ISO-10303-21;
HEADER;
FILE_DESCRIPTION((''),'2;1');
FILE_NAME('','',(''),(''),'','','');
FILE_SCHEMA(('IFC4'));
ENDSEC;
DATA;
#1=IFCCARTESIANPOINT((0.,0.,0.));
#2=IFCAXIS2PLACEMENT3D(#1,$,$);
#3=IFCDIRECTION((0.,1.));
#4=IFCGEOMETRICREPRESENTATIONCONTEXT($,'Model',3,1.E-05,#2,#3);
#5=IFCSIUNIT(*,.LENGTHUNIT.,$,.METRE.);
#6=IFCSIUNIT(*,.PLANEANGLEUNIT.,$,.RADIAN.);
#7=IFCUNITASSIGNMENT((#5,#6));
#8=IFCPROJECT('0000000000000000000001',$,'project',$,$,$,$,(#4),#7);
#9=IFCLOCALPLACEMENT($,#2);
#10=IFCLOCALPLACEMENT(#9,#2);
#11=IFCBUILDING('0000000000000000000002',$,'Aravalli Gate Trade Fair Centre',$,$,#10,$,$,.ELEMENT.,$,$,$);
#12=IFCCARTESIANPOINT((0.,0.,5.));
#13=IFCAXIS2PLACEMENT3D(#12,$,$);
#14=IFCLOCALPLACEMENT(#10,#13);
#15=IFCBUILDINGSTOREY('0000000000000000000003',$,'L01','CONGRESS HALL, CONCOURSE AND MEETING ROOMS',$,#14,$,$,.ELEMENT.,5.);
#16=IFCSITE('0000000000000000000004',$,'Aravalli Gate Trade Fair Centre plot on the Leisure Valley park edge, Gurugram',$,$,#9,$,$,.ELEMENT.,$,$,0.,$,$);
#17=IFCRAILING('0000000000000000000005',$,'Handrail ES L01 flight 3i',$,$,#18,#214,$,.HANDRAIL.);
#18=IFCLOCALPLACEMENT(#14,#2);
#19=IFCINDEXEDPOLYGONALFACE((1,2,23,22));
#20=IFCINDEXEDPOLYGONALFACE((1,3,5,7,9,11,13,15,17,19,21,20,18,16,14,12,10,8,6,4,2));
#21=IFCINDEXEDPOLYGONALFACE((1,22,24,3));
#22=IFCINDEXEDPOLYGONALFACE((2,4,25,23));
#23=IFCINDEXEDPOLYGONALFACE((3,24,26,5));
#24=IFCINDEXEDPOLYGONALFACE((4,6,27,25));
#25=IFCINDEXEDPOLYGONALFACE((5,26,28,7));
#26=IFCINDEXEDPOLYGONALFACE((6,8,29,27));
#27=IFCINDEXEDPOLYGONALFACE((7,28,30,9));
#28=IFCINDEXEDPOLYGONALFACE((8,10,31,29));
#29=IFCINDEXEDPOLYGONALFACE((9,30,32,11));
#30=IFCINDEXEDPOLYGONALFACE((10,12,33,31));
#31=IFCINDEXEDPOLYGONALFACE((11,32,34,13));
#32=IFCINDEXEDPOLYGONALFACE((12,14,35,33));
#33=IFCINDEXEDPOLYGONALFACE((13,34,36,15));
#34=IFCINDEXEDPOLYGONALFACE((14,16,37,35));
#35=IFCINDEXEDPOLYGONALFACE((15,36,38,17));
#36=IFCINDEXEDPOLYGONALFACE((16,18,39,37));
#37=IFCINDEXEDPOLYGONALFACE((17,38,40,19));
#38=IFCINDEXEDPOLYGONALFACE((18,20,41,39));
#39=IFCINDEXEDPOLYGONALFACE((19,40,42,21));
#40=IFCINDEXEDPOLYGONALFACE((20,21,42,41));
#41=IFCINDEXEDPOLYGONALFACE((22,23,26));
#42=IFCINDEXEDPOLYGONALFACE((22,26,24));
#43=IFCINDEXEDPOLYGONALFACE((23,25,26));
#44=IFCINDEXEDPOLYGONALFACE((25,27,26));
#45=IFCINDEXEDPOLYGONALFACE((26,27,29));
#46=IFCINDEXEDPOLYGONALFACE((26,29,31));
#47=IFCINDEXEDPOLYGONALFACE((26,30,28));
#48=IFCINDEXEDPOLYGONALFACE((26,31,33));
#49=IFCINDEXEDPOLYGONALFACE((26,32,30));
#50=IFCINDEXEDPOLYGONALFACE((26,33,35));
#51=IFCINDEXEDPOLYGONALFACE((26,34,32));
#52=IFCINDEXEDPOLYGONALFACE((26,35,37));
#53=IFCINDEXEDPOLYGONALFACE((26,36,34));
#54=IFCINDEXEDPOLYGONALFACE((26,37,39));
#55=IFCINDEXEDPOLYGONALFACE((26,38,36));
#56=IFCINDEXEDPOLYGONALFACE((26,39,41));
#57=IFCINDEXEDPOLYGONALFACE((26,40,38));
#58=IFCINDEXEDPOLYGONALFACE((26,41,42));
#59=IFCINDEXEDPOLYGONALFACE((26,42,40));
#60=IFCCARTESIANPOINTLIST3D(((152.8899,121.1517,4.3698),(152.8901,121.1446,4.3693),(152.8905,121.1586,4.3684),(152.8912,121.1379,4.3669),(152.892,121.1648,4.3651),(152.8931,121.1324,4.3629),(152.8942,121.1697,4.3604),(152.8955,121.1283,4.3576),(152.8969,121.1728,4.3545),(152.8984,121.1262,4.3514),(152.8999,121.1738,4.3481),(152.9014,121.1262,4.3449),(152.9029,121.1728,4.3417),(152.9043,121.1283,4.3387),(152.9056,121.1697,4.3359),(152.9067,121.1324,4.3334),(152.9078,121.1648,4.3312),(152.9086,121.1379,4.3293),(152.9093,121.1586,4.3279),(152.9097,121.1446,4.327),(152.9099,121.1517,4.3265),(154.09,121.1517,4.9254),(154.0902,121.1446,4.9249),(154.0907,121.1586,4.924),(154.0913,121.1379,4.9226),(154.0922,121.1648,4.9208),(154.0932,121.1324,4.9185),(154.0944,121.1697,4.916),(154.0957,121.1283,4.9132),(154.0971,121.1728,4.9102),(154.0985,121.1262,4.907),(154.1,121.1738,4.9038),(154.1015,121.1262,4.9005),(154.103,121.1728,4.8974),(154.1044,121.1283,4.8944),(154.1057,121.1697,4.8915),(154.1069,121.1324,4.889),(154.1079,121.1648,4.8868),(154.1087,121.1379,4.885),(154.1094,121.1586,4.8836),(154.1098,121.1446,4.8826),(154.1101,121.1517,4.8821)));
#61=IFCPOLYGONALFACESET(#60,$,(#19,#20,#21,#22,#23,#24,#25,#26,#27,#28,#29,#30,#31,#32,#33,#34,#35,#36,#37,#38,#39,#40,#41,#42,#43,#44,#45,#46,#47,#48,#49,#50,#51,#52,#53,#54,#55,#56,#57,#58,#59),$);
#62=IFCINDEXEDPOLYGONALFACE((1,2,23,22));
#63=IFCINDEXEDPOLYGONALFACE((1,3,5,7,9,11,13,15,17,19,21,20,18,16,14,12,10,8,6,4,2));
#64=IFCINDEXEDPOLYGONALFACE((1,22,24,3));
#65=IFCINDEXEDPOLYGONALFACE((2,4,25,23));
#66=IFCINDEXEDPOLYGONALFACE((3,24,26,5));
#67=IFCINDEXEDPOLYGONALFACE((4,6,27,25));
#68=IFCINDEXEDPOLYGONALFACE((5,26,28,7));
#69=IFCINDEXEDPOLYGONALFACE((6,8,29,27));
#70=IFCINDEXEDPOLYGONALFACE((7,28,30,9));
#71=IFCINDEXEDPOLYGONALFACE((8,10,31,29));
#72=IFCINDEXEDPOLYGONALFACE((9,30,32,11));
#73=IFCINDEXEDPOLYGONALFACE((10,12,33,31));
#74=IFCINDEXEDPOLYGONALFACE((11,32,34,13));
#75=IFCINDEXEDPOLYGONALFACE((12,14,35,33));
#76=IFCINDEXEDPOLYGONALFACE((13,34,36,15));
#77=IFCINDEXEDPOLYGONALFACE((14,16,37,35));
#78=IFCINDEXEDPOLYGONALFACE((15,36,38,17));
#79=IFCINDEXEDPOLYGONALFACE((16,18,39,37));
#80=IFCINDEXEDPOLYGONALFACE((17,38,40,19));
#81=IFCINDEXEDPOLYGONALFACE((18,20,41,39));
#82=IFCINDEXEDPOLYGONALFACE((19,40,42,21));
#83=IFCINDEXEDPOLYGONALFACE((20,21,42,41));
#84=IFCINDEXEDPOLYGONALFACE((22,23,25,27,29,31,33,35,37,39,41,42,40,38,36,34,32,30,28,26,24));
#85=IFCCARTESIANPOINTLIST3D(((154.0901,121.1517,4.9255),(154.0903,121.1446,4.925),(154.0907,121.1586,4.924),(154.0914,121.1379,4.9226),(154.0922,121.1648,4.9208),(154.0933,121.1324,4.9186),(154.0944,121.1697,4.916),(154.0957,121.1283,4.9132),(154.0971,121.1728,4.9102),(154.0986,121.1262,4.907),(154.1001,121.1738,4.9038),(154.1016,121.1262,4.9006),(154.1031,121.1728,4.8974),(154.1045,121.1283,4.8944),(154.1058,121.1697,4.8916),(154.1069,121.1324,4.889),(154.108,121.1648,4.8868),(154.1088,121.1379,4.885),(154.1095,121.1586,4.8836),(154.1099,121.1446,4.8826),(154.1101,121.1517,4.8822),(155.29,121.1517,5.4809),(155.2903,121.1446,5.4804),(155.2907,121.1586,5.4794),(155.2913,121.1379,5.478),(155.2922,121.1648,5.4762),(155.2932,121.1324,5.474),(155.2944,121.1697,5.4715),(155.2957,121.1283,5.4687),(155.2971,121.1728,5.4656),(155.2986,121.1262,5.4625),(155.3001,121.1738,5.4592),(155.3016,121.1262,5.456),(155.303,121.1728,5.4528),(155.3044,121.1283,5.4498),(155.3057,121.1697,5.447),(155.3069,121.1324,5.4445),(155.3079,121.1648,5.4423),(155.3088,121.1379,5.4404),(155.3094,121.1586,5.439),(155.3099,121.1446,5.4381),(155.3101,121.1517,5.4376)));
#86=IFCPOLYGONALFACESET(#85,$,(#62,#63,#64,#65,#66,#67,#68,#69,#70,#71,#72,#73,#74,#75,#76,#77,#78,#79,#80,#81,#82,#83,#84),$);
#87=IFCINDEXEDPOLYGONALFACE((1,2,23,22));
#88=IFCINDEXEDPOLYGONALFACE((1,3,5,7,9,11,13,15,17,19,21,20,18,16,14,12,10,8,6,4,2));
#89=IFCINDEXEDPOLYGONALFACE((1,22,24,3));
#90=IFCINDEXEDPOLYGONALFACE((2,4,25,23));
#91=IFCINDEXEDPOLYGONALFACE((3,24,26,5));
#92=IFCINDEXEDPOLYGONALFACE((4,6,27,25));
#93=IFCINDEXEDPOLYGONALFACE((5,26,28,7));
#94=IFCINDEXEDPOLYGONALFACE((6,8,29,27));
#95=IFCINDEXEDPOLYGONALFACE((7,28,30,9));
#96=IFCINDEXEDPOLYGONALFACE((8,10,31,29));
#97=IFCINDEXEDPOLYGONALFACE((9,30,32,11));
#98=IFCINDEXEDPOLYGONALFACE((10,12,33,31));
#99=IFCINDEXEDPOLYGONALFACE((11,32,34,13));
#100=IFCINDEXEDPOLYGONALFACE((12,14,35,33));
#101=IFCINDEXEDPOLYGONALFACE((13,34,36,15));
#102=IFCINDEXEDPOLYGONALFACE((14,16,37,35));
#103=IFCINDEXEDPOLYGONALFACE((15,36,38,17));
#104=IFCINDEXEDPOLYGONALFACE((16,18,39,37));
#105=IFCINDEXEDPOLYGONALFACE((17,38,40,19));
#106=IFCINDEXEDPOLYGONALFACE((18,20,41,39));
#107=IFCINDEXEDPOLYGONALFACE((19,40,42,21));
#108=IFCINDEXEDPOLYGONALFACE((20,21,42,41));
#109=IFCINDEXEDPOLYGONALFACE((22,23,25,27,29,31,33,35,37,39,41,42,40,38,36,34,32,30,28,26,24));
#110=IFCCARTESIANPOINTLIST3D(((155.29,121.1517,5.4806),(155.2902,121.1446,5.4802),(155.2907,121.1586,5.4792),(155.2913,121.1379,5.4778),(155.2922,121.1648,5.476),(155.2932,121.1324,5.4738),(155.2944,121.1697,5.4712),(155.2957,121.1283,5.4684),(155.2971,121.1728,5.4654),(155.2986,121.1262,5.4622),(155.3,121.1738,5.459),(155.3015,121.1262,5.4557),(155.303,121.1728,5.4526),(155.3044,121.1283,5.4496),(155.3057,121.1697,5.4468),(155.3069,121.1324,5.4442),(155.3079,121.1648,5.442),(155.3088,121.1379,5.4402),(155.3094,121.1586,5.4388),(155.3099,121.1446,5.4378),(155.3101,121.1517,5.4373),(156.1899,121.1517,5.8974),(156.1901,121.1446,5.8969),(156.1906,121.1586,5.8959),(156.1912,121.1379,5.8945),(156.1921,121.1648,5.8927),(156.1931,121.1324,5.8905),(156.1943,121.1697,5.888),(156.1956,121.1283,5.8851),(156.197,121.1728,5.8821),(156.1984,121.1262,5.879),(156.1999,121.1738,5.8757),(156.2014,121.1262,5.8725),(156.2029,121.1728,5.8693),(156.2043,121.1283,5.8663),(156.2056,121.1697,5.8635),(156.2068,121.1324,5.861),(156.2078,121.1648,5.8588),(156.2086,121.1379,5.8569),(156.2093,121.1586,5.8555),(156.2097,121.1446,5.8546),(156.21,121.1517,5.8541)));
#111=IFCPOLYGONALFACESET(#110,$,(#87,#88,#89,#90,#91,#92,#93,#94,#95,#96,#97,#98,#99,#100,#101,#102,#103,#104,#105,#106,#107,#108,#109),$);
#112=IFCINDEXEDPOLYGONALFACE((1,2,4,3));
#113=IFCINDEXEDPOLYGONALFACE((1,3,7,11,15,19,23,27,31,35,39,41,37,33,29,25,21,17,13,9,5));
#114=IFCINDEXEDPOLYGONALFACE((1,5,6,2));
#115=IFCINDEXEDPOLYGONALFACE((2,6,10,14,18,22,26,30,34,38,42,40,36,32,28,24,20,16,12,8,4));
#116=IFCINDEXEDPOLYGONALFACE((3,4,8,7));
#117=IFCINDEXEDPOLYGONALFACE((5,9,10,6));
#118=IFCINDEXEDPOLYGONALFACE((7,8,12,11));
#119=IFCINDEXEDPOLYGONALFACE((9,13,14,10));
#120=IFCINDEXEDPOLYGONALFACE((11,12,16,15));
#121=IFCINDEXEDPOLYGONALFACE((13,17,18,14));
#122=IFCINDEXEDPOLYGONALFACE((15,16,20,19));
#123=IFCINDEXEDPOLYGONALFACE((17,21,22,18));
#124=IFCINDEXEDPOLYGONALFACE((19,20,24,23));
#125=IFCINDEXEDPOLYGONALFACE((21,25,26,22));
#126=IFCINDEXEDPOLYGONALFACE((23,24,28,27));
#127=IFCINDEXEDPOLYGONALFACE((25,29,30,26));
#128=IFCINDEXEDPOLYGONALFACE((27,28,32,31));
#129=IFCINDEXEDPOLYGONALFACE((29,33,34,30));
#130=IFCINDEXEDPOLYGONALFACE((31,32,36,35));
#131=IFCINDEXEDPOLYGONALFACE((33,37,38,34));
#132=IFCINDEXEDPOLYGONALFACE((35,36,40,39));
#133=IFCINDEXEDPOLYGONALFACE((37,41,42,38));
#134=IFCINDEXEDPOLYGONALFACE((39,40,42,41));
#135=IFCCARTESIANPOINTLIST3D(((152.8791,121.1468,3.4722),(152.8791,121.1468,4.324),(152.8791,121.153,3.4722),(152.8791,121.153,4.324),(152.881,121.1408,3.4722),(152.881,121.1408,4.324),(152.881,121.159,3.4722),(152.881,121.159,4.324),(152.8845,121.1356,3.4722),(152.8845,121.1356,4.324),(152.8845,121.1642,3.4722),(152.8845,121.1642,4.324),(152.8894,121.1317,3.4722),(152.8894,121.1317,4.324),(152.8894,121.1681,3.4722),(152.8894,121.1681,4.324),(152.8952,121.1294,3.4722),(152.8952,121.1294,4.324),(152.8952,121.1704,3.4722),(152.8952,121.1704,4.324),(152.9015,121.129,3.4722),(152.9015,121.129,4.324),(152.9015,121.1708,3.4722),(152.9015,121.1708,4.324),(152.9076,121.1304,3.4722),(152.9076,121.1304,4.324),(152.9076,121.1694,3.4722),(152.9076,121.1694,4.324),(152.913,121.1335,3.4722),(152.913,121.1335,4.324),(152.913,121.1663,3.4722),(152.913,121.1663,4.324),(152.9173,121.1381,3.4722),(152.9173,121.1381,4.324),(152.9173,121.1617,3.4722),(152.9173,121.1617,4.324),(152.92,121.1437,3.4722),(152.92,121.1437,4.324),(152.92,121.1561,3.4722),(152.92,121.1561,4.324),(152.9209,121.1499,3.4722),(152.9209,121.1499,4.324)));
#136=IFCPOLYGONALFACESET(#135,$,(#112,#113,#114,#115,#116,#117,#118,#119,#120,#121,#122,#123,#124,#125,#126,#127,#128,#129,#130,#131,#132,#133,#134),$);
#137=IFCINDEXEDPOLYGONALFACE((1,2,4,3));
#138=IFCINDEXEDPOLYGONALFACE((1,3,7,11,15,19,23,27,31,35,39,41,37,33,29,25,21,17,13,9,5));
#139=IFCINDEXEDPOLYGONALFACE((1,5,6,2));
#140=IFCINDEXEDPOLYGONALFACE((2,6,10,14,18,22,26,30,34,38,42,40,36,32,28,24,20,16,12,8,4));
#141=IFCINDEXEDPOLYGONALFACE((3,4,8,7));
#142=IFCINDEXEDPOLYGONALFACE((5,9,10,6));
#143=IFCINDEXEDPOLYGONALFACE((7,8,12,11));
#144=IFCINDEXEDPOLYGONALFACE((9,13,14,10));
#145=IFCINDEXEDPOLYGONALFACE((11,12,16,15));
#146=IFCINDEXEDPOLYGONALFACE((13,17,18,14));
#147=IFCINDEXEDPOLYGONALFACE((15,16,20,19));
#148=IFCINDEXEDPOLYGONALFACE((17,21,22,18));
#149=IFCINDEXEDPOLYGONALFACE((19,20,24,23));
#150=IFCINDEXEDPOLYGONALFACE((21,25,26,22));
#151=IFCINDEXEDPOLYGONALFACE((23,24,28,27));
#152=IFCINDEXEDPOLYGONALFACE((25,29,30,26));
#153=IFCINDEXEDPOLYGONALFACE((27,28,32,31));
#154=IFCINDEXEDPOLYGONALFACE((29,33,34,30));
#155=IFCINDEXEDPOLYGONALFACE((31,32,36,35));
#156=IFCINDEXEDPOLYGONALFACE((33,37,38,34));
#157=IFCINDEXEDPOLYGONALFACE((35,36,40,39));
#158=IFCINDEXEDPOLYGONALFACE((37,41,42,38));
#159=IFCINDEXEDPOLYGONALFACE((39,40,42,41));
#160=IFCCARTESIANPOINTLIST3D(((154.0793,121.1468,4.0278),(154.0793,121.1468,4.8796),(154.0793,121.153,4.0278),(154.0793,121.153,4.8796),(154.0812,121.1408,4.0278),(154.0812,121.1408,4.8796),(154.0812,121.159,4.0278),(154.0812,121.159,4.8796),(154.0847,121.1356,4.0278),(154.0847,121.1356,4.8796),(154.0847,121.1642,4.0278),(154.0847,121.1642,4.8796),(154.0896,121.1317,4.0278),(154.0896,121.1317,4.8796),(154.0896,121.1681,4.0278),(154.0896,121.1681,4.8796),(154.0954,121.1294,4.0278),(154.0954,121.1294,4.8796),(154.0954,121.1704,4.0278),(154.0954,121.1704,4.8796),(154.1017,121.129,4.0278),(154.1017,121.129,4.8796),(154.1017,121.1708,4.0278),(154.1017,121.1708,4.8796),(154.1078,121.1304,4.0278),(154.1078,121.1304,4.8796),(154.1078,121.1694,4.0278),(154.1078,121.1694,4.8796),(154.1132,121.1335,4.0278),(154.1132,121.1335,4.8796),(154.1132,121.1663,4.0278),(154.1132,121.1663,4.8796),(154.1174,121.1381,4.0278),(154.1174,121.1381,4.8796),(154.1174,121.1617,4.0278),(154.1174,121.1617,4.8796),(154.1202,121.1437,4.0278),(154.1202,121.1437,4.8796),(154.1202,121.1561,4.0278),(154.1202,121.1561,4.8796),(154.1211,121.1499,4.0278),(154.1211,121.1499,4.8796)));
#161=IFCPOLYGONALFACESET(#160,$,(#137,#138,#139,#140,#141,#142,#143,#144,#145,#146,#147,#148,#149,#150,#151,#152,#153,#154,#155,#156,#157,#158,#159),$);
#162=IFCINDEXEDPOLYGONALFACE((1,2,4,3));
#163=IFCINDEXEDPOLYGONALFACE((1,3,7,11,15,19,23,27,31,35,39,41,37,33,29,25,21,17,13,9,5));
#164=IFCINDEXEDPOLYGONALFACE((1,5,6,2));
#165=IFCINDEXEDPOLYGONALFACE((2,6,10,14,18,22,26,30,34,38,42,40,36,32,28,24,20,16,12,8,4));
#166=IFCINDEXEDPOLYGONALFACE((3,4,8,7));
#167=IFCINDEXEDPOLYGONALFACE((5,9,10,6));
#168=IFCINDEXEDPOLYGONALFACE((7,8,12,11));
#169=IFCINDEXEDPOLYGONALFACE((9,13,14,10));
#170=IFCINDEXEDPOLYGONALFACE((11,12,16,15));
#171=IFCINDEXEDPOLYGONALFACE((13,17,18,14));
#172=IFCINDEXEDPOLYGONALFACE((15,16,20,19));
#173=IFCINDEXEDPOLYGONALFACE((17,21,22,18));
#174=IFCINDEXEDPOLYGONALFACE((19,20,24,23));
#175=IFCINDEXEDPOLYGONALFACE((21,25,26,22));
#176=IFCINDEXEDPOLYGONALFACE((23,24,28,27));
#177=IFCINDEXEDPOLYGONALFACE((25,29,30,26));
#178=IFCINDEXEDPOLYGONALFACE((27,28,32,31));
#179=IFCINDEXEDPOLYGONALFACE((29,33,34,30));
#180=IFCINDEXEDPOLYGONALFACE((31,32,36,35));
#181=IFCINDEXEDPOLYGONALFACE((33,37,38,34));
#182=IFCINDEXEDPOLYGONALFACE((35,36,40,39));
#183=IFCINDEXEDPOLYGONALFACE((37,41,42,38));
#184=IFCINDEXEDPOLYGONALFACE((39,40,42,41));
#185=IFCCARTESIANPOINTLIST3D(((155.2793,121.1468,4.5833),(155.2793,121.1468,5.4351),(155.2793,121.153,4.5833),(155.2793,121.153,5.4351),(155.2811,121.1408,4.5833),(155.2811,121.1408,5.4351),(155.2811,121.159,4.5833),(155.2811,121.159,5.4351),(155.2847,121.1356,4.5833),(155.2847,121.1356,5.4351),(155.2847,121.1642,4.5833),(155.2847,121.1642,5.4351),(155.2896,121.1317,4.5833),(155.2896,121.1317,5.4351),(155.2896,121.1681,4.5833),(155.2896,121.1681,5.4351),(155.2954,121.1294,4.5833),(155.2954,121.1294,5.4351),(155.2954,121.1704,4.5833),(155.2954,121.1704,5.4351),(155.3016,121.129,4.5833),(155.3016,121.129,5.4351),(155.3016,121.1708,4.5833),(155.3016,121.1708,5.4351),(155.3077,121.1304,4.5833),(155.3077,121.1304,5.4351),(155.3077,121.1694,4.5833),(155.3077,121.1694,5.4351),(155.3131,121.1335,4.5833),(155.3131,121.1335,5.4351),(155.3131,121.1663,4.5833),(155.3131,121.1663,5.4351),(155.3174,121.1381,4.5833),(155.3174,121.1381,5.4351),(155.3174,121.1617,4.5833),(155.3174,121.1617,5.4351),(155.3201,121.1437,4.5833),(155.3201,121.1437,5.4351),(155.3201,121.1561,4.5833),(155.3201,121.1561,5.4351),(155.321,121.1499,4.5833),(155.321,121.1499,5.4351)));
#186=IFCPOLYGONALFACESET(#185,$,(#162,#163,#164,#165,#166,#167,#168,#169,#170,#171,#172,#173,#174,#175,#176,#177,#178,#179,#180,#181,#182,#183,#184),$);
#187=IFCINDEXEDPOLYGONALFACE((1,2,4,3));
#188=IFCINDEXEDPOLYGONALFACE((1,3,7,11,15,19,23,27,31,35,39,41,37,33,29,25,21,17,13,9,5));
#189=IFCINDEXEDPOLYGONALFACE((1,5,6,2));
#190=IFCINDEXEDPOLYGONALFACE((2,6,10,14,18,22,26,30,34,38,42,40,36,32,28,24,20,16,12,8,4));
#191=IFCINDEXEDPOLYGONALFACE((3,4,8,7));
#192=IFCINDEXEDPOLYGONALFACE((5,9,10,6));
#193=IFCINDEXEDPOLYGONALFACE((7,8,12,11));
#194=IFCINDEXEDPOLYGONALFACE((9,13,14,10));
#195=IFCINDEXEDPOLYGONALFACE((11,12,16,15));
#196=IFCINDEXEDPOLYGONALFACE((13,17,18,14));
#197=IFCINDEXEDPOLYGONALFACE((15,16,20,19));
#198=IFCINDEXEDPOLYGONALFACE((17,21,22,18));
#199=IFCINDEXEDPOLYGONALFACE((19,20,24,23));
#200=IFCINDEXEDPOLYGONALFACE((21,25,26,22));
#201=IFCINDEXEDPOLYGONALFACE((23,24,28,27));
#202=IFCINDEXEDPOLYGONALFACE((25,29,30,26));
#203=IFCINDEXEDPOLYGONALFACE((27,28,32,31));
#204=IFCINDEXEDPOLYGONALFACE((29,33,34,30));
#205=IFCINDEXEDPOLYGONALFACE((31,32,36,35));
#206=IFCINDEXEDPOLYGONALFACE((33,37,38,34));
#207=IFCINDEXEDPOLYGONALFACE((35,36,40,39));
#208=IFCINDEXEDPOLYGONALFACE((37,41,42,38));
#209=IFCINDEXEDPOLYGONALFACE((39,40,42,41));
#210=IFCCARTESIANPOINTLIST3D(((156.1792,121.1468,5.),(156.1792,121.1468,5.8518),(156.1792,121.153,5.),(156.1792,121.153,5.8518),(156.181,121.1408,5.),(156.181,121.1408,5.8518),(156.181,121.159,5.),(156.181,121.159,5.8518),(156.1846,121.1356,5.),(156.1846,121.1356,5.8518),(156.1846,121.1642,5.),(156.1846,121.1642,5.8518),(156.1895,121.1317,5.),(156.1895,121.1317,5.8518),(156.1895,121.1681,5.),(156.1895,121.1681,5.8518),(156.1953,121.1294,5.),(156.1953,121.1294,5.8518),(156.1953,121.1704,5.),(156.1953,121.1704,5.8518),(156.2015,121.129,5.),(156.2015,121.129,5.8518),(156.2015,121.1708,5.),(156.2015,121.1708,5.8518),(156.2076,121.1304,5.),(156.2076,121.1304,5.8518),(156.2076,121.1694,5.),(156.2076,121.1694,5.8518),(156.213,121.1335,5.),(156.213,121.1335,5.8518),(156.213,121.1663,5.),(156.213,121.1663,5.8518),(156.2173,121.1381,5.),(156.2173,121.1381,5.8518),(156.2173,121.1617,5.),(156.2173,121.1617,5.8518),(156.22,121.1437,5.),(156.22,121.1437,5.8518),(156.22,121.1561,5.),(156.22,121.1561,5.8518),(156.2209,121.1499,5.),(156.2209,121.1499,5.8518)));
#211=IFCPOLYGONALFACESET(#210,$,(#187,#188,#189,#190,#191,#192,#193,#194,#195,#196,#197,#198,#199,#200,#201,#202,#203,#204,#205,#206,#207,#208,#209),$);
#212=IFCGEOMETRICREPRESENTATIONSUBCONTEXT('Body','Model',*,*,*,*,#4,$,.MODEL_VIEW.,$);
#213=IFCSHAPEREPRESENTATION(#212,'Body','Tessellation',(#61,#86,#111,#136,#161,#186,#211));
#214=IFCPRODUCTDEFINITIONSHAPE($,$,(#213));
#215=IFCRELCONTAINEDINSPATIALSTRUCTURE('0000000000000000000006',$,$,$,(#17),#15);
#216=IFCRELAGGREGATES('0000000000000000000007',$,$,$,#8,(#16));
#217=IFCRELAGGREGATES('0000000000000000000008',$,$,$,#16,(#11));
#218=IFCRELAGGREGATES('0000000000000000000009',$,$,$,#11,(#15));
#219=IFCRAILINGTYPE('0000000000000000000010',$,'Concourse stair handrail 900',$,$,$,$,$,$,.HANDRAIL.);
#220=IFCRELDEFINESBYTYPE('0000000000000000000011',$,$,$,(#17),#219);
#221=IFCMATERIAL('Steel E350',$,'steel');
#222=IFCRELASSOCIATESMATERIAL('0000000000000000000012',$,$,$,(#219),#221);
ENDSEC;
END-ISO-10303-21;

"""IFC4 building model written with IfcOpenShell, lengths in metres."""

from ifc_helpers import new_model, si_unit, direction, frame, origin, origin_2d, place, context, subcontext, project, spatial, circle, extrude, material, type_object, element, save


model = new_model("IFC4")

# Units and contexts
model_context = context("Model", 3, precision=1e-05, world=origin(), true_north=direction((0.0, 1.0)))
body_context = subcontext(model_context, "Body", "Model", "MODEL_VIEW")
ifc_project = project(units=[si_unit("LENGTHUNIT", "METRE"), si_unit("PLANEANGLEUNIT", "RADIAN")], contexts=[model_context])

# Site, building, storey
site_placement = place(None, origin())
site = spatial("IfcSite", under=ifc_project, at=site_placement, Name="Aravalli Gate Trade Fair Centre plot on the Leisure Valley park edge, Gurugram", CompositionType="ELEMENT", RefElevation=0.0)
building_placement = place(site_placement, origin())
building = spatial("IfcBuilding", under=site, at=building_placement, Name="Aravalli Gate Trade Fair Centre", CompositionType="ELEMENT")
storey_placement = place(building_placement, frame((0.0, 0.0, 5.0)))
storey = spatial("IfcBuildingStorey", under=building, at=storey_placement, Name="L01", Description="CONGRESS HALL, CONCOURSE AND MEETING ROOMS", CompositionType="ELEMENT", Elevation=5.0)

# Shared definitions
ifc_material_1 = material(Name="Steel E350", Category="steel")

# Railing
railing_type = type_object("IfcRailingType", Name="Concourse stair handrail 900", PredefinedType="HANDRAIL", material=ifc_material_1)
railing_1_placement = place(storey_placement, frame((152.8999, 121.1499, 3.4722)))
element("IfcRailing", 1, at=railing_1_placement, inside=storey, type_object=railing_type, Name="Handrail ES L01 flight 3i", PredefinedType="HANDRAIL", context=body_context, shape_type="SweptSolid", body=[
    extrude(circle(Radius=0.0239, at=origin_2d()), frame((0.0, 0.0, 0.876), z_axis=(0.907462, 0.0, 0.420135), x_axis=(0.0, 1.0, 0.0)), (0.0, 0.0, 1.0), 1.3225),
    extrude(circle(Radius=0.0239, at=origin_2d()), frame((1.2002, 0.0, 1.4316), z_axis=(0.907499, 0.0, 0.420053), x_axis=(0.0, 1.0, 0.0)), (0.0, 0.0, 1.0), 1.3223),
    extrude(circle(Radius=0.0239, at=origin_2d()), frame((2.4001, 0.0, 1.9868), z_axis=(0.907418, 0.0, 0.420229), x_axis=(0.0, 1.0, 0.0)), (0.0, 0.0, 1.0), 0.9917),
    extrude(circle(Radius=0.021, at=origin_2d()), origin(), (0.0, 0.0, 1.0), 0.8518),
    extrude(circle(Radius=0.021, at=origin_2d()), frame((1.2002, 0.0, 0.5557)), (0.0, 0.0, 1.0), 0.8518),
    extrude(circle(Radius=0.021, at=origin_2d()), frame((2.4001, 0.0, 1.1111)), (0.0, 0.0, 1.0), 0.8518),
    extrude(circle(Radius=0.021, at=origin_2d()), frame((3.3, 0.0, 1.5278)), (0.0, 0.0, 1.0), 0.8518),
])

save(model, "model.ifc")
